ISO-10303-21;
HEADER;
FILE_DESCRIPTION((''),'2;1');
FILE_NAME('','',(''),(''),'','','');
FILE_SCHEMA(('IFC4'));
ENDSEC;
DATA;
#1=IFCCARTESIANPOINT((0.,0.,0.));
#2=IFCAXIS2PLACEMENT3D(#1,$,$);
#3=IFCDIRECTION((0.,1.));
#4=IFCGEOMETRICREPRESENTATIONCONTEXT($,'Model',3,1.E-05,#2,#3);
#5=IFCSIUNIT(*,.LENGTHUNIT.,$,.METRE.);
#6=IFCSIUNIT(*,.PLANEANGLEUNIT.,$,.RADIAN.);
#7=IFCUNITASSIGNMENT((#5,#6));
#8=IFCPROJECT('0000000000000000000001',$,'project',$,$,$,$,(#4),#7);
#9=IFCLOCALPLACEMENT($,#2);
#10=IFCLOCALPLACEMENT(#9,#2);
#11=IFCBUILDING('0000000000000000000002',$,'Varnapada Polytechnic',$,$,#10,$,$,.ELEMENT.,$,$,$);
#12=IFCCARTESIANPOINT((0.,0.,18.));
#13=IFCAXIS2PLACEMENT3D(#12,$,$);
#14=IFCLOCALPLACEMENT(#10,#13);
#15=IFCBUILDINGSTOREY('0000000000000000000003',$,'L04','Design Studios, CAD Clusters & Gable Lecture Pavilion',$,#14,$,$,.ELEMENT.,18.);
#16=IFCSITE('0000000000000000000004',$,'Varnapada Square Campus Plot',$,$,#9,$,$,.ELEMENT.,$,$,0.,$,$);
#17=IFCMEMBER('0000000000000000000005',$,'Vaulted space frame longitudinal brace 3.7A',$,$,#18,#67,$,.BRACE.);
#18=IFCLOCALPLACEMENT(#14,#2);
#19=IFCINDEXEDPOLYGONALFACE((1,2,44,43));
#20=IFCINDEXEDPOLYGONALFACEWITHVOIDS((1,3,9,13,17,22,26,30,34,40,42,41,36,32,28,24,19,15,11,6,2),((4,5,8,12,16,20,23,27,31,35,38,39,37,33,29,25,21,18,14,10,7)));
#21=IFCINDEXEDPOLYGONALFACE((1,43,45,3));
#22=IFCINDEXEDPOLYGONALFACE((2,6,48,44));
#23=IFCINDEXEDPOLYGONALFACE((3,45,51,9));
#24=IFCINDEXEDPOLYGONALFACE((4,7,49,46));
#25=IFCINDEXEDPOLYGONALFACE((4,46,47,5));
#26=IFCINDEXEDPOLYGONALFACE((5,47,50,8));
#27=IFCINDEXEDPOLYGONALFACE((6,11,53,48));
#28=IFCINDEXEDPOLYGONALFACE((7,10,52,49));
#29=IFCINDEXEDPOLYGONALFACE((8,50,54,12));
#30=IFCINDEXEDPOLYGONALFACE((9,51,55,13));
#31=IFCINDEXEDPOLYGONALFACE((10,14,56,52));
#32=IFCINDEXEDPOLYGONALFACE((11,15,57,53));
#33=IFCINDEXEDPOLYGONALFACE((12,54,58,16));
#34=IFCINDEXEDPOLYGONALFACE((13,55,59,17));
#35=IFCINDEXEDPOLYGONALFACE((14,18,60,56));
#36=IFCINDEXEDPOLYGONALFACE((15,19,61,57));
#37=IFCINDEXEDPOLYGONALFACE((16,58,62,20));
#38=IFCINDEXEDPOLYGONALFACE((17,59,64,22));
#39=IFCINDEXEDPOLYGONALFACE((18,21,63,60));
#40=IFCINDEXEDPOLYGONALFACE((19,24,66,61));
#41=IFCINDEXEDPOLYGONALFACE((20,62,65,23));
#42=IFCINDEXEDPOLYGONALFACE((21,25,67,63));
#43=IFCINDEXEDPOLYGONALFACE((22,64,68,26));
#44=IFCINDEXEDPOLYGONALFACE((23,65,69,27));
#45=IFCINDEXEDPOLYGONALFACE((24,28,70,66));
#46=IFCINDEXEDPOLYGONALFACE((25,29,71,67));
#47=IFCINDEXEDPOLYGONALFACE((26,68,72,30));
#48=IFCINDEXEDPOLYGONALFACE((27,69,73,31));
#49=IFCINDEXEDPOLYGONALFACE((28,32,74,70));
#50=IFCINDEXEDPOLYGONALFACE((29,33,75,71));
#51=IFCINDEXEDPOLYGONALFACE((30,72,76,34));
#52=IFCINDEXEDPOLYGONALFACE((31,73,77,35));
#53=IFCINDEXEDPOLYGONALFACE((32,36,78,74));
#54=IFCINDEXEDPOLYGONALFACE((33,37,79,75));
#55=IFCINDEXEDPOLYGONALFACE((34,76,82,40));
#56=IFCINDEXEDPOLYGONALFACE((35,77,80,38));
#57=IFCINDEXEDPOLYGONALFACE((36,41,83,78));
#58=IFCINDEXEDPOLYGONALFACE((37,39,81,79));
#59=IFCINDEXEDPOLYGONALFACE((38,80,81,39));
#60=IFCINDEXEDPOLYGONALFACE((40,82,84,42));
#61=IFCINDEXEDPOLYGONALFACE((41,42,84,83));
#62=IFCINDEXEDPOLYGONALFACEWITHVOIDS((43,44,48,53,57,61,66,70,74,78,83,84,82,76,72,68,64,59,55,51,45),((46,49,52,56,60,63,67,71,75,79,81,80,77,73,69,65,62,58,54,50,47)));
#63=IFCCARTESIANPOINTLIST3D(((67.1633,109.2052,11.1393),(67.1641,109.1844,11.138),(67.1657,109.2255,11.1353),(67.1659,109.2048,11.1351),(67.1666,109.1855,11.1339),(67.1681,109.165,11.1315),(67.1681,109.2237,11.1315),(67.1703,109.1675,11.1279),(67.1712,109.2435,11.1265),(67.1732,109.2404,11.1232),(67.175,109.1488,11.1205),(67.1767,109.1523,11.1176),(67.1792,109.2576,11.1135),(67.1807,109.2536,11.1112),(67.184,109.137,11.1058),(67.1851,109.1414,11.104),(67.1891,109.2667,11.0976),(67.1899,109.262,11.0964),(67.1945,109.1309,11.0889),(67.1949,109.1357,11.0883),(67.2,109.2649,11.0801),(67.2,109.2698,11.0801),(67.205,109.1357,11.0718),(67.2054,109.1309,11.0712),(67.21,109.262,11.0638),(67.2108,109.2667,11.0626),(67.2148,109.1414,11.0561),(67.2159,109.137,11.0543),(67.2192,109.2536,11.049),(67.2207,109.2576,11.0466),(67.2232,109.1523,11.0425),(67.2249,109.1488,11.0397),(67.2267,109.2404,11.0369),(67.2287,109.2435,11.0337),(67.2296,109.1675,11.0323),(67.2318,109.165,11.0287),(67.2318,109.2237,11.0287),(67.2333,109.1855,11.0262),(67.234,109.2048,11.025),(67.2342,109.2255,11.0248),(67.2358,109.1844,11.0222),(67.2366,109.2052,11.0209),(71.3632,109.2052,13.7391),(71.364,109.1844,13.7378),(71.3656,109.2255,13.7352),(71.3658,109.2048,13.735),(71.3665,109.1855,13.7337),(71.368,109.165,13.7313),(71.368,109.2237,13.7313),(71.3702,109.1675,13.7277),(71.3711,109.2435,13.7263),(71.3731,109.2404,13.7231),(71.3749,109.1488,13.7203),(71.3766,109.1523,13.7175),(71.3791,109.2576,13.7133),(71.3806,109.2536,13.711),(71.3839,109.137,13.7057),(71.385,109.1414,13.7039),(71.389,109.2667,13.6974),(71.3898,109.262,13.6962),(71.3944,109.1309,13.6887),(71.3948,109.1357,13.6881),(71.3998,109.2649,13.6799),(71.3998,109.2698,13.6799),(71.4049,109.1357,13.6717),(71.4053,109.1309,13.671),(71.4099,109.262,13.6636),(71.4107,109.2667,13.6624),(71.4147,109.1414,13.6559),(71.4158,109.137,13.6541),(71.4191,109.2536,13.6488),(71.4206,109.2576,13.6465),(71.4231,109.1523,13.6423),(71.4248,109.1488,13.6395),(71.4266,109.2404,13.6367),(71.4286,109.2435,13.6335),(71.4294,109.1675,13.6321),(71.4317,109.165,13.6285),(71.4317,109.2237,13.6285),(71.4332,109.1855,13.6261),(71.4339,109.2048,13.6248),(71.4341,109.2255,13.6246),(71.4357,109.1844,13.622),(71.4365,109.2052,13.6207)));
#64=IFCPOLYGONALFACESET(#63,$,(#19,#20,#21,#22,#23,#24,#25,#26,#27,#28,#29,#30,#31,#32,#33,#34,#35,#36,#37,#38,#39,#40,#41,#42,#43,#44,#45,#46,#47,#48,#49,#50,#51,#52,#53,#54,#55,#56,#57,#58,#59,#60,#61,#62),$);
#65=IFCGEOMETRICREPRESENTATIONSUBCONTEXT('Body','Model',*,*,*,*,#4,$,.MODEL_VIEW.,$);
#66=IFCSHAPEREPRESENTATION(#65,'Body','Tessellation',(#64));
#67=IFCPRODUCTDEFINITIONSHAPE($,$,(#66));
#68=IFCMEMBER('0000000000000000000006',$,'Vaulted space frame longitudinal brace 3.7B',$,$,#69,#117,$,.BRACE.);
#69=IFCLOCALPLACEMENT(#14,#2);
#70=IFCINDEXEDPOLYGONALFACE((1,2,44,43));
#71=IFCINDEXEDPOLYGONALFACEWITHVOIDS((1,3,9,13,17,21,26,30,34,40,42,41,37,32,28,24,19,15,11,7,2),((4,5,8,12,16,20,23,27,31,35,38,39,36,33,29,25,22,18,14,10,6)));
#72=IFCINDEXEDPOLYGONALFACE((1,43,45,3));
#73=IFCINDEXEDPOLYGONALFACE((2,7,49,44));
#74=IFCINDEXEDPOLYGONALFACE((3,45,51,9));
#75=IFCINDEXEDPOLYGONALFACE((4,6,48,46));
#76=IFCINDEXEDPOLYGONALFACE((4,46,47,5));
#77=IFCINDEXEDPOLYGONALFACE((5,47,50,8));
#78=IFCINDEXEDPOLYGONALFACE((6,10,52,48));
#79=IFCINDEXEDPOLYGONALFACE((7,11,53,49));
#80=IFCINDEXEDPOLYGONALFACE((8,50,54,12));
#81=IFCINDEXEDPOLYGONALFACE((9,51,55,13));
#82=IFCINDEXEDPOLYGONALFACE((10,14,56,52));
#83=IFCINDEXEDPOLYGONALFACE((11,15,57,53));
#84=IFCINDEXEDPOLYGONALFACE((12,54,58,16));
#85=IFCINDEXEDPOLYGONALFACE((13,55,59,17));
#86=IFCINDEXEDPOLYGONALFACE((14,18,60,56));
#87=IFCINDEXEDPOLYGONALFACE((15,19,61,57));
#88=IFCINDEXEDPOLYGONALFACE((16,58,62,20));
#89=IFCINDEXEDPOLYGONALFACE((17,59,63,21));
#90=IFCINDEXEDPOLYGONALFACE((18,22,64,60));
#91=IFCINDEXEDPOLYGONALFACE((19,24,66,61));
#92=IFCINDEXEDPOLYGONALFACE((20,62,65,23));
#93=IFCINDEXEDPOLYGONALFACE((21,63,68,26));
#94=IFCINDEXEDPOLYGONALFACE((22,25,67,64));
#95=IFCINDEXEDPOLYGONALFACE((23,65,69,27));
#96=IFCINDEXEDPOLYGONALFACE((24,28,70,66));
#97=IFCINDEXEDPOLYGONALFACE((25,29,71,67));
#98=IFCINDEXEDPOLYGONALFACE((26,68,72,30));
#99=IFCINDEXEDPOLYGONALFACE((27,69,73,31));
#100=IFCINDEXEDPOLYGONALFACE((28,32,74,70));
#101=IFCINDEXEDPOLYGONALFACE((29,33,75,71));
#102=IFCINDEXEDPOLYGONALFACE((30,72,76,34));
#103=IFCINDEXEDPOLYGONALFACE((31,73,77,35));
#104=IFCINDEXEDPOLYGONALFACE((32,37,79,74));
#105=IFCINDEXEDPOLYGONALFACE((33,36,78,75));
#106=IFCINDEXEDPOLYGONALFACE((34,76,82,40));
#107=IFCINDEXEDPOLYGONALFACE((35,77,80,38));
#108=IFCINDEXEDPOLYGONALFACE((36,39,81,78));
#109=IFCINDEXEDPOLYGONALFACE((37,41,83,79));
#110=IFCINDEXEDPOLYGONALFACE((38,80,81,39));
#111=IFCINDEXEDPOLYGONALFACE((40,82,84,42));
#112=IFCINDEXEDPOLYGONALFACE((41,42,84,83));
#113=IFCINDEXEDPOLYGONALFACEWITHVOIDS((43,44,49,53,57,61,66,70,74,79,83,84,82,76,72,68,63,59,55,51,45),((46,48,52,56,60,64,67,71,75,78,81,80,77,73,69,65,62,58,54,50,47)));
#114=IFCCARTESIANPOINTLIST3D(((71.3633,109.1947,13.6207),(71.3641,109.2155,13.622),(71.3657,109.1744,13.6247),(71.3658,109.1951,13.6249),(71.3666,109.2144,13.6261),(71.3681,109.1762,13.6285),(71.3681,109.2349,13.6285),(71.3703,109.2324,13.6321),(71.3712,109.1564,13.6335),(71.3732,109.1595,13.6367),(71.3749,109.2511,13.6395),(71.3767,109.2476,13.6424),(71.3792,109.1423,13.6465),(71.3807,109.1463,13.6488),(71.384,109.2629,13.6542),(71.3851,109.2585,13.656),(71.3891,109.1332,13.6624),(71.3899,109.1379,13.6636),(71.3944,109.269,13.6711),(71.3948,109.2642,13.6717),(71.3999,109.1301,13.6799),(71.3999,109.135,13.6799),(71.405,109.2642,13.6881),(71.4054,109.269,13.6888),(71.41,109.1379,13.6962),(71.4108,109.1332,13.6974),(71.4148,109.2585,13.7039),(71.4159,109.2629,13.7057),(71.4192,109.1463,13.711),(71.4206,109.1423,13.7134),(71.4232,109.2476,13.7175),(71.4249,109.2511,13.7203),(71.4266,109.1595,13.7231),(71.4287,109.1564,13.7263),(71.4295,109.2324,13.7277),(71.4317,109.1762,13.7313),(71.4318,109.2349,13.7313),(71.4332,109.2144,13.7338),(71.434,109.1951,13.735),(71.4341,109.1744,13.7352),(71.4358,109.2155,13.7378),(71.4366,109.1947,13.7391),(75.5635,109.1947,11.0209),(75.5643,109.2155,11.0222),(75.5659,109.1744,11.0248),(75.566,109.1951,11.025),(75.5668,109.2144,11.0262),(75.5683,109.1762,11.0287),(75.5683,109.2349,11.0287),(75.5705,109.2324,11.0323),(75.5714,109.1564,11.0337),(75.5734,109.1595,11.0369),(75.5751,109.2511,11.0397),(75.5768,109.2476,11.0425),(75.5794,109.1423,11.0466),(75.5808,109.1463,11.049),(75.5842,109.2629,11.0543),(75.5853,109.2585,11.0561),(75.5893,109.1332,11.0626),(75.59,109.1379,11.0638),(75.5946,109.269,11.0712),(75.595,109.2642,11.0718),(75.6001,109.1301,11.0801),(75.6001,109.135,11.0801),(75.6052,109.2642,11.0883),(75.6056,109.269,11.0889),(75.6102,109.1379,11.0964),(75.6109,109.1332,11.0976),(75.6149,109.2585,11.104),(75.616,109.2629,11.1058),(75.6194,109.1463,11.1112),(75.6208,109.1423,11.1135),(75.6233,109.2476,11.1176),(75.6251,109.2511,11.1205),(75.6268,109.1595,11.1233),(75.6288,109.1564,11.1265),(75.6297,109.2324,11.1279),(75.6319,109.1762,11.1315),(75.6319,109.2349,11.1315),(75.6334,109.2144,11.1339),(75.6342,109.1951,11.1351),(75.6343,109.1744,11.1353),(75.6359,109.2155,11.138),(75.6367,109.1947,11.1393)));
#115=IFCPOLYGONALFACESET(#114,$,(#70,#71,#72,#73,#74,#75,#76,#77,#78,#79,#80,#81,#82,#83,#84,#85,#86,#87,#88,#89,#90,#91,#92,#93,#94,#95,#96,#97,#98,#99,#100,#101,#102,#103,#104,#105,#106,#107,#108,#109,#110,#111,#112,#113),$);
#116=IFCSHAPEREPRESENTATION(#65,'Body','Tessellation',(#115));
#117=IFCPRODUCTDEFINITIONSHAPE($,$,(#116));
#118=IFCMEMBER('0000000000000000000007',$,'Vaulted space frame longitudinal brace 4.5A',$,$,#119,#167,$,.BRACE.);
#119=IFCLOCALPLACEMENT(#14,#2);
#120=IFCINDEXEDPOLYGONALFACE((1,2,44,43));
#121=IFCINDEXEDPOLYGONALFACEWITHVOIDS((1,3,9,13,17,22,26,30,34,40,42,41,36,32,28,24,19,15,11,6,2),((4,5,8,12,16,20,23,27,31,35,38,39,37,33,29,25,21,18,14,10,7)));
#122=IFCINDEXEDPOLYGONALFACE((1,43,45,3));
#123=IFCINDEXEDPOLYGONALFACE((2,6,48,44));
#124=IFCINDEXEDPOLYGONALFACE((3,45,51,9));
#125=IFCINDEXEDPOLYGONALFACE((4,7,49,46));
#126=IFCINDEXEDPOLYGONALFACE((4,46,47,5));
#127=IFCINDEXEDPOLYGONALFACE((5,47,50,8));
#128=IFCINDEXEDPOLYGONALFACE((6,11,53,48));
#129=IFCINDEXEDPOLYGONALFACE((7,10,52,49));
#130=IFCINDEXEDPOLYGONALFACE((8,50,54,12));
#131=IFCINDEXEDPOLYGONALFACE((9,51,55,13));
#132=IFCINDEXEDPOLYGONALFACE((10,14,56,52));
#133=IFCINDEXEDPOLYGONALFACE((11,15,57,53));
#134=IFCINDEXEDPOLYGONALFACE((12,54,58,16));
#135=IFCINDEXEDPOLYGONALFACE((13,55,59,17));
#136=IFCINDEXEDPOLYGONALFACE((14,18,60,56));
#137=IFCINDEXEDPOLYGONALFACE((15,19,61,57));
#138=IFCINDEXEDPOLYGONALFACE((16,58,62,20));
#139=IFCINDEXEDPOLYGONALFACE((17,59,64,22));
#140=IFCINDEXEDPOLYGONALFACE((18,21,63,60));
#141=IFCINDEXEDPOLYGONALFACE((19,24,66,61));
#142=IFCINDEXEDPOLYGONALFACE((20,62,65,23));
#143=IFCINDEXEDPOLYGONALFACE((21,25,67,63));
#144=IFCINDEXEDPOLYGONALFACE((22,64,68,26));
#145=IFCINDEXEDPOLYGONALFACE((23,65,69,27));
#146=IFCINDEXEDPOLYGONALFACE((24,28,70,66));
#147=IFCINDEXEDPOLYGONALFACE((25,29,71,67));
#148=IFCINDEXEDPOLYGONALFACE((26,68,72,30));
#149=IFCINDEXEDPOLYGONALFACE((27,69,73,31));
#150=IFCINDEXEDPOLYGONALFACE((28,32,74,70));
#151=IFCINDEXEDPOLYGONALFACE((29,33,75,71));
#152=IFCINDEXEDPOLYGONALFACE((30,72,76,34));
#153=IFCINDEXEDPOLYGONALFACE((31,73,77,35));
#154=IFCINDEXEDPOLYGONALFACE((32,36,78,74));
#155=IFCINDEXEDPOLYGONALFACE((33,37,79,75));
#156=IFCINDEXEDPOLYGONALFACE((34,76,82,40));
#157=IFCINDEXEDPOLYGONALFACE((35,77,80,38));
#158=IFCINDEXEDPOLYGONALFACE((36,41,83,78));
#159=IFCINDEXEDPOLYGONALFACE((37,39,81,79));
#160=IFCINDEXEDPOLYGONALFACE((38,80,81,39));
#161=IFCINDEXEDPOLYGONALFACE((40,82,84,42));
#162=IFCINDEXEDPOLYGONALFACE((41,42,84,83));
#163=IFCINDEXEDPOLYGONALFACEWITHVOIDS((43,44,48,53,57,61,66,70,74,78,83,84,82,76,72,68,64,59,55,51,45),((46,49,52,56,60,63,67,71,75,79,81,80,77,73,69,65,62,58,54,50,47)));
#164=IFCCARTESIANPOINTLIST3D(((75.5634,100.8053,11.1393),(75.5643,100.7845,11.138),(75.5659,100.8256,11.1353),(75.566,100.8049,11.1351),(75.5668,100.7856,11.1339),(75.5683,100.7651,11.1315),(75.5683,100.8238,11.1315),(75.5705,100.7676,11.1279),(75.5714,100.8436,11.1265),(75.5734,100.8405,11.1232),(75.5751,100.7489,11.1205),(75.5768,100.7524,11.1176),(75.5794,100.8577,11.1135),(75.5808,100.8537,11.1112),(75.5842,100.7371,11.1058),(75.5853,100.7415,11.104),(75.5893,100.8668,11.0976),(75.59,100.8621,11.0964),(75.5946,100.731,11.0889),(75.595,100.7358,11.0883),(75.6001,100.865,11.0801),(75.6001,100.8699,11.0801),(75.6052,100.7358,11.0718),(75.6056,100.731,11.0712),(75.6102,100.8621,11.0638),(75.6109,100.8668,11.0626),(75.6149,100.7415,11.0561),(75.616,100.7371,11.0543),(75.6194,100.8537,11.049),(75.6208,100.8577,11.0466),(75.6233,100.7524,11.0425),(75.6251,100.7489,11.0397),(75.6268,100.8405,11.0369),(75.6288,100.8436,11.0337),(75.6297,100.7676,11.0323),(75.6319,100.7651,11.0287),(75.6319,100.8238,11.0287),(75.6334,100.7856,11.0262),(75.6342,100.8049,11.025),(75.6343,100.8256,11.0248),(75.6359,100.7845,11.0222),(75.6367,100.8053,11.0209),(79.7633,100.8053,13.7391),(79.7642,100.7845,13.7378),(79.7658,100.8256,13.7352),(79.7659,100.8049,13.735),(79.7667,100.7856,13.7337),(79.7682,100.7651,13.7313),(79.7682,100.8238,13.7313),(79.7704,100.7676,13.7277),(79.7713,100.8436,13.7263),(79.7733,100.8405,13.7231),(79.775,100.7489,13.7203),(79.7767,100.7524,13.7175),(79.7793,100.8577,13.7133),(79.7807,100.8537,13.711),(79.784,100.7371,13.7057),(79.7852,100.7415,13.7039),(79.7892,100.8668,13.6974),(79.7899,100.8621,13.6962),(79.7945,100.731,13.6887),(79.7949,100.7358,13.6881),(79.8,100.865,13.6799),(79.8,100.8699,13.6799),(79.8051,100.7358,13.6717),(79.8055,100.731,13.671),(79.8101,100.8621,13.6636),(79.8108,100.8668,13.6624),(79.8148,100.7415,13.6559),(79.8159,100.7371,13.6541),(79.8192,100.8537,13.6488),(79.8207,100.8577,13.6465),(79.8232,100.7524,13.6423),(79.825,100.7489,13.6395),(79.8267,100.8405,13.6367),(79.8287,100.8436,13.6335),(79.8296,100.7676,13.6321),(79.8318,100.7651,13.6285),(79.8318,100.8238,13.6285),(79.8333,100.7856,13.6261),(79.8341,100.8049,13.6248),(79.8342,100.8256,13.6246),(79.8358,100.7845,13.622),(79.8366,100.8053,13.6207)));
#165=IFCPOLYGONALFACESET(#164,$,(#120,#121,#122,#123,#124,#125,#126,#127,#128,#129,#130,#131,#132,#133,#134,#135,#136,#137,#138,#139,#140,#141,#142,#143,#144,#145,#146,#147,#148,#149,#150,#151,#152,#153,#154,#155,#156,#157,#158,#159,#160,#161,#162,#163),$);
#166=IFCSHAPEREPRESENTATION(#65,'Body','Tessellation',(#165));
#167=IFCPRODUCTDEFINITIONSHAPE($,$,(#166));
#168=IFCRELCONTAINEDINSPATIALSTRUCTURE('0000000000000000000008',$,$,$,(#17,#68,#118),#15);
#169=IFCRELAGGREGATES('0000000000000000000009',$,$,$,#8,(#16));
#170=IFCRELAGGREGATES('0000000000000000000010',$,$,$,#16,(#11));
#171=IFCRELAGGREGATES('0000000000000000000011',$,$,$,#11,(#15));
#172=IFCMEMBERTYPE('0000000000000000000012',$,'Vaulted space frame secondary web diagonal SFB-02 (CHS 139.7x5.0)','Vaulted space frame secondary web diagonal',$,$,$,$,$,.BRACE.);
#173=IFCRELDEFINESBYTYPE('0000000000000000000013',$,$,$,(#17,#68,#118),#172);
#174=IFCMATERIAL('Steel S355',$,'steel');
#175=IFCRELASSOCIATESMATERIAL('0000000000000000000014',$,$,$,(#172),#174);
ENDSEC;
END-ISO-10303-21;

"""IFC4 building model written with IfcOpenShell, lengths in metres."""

from ifc_helpers import new_model, si_unit, direction, frame, origin, origin_2d, place, context, subcontext, project, spatial, hollow_circle, extrude, material, material_profile, profile_set, type_object, element, save


model = new_model("IFC4")

# Units and contexts
model_context = context("Model", 3, precision=1e-05, world=origin(), true_north=direction((0.0, 1.0)))
body_context = subcontext(model_context, "Body", "Model", "MODEL_VIEW")
ifc_project = project(units=[si_unit("LENGTHUNIT", "METRE"), si_unit("PLANEANGLEUNIT", "RADIAN")], contexts=[model_context])

# Site, building, storey
site_placement = place(None, origin())
site = spatial("IfcSite", under=ifc_project, at=site_placement, Name="Varnapada Square Campus Plot", CompositionType="ELEMENT", RefElevation=0.0)
building_placement = place(site_placement, origin())
building = spatial("IfcBuilding", under=site, at=building_placement, Name="Varnapada Polytechnic", CompositionType="ELEMENT")
storey_placement = place(building_placement, frame((0.0, 0.0, 18.0)))
storey = spatial("IfcBuildingStorey", under=building, at=storey_placement, Name="L04", Description="Design Studios, CAD Clusters & Gable Lecture Pavilion", CompositionType="ELEMENT", Elevation=18.0)

# Shared definitions
ifc_material = material(Name="Steel S355", Category="steel")

# Members
ifc_material_profile_1 = material_profile(ifc_material, hollow_circle(Radius=0.0698, WallThickness=0.0049, at=origin_2d()), Name="CHS 139.7x5.0")
ifc_profile_set_1 = profile_set([ifc_material_profile_1], Name="Steel S355")
member_type_1 = type_object("IfcMemberType", Name="Vaulted space frame secondary web diagonal SFB-02 (CHS 139.7x5.0)", Description="Vaulted space frame secondary web diagonal", PredefinedType="BRACE", material=ifc_profile_set_1)
for number, where, z_axis, x_axis, name in (
    (1, (67.2, 109.2, 11.0801), (0.850276, 0.0, 0.526338), (0.0, 1.0, 0.0), "Vaulted space frame longitudinal brace 3.7A"),
):
    element("IfcMember", number, at=place(storey_placement, frame(where, z_axis=z_axis, x_axis=x_axis)), inside=storey, type_object=member_type_1, Name=name, PredefinedType="BRACE", context=body_context, shape_type="SweptSolid", body=[
        extrude(hollow_circle(Radius=0.0698, WallThickness=0.0049, at=origin_2d()), origin(), (0.0, 0.0, 1.0), 4.9395),
    ])
member_1_placement = place(storey_placement, frame((75.6001, 109.2, 11.0801), z_axis=(-0.850289, 0.0, 0.526315), x_axis=(0.0, -1.0, 0.0)))
element("IfcMember", 2, at=member_1_placement, inside=storey, type_object=member_type_1, Name="Vaulted space frame longitudinal brace 3.7B", PredefinedType="BRACE", context=body_context, shape_type="SweptSolid", body=[
    extrude(hollow_circle(Radius=0.0698, WallThickness=0.0049, at=origin_2d()), origin(), (0.0, 0.0, 1.0), 4.9397),
])
member_2_placement = place(storey_placement, frame((75.6001, 100.8, 11.0801), z_axis=(0.850276, 0.0, 0.526338), x_axis=(0.0, 1.0, 0.0)))
element("IfcMember", 3, at=member_2_placement, inside=storey, type_object=member_type_1, Name="Vaulted space frame longitudinal brace 4.5A", PredefinedType="BRACE", context=body_context, shape_type="SweptSolid", body=[
    extrude(hollow_circle(Radius=0.0698, WallThickness=0.0049, at=origin_2d()), origin(), (0.0, 0.0, 1.0), 4.9395),
])

save(model, "model.ifc")
